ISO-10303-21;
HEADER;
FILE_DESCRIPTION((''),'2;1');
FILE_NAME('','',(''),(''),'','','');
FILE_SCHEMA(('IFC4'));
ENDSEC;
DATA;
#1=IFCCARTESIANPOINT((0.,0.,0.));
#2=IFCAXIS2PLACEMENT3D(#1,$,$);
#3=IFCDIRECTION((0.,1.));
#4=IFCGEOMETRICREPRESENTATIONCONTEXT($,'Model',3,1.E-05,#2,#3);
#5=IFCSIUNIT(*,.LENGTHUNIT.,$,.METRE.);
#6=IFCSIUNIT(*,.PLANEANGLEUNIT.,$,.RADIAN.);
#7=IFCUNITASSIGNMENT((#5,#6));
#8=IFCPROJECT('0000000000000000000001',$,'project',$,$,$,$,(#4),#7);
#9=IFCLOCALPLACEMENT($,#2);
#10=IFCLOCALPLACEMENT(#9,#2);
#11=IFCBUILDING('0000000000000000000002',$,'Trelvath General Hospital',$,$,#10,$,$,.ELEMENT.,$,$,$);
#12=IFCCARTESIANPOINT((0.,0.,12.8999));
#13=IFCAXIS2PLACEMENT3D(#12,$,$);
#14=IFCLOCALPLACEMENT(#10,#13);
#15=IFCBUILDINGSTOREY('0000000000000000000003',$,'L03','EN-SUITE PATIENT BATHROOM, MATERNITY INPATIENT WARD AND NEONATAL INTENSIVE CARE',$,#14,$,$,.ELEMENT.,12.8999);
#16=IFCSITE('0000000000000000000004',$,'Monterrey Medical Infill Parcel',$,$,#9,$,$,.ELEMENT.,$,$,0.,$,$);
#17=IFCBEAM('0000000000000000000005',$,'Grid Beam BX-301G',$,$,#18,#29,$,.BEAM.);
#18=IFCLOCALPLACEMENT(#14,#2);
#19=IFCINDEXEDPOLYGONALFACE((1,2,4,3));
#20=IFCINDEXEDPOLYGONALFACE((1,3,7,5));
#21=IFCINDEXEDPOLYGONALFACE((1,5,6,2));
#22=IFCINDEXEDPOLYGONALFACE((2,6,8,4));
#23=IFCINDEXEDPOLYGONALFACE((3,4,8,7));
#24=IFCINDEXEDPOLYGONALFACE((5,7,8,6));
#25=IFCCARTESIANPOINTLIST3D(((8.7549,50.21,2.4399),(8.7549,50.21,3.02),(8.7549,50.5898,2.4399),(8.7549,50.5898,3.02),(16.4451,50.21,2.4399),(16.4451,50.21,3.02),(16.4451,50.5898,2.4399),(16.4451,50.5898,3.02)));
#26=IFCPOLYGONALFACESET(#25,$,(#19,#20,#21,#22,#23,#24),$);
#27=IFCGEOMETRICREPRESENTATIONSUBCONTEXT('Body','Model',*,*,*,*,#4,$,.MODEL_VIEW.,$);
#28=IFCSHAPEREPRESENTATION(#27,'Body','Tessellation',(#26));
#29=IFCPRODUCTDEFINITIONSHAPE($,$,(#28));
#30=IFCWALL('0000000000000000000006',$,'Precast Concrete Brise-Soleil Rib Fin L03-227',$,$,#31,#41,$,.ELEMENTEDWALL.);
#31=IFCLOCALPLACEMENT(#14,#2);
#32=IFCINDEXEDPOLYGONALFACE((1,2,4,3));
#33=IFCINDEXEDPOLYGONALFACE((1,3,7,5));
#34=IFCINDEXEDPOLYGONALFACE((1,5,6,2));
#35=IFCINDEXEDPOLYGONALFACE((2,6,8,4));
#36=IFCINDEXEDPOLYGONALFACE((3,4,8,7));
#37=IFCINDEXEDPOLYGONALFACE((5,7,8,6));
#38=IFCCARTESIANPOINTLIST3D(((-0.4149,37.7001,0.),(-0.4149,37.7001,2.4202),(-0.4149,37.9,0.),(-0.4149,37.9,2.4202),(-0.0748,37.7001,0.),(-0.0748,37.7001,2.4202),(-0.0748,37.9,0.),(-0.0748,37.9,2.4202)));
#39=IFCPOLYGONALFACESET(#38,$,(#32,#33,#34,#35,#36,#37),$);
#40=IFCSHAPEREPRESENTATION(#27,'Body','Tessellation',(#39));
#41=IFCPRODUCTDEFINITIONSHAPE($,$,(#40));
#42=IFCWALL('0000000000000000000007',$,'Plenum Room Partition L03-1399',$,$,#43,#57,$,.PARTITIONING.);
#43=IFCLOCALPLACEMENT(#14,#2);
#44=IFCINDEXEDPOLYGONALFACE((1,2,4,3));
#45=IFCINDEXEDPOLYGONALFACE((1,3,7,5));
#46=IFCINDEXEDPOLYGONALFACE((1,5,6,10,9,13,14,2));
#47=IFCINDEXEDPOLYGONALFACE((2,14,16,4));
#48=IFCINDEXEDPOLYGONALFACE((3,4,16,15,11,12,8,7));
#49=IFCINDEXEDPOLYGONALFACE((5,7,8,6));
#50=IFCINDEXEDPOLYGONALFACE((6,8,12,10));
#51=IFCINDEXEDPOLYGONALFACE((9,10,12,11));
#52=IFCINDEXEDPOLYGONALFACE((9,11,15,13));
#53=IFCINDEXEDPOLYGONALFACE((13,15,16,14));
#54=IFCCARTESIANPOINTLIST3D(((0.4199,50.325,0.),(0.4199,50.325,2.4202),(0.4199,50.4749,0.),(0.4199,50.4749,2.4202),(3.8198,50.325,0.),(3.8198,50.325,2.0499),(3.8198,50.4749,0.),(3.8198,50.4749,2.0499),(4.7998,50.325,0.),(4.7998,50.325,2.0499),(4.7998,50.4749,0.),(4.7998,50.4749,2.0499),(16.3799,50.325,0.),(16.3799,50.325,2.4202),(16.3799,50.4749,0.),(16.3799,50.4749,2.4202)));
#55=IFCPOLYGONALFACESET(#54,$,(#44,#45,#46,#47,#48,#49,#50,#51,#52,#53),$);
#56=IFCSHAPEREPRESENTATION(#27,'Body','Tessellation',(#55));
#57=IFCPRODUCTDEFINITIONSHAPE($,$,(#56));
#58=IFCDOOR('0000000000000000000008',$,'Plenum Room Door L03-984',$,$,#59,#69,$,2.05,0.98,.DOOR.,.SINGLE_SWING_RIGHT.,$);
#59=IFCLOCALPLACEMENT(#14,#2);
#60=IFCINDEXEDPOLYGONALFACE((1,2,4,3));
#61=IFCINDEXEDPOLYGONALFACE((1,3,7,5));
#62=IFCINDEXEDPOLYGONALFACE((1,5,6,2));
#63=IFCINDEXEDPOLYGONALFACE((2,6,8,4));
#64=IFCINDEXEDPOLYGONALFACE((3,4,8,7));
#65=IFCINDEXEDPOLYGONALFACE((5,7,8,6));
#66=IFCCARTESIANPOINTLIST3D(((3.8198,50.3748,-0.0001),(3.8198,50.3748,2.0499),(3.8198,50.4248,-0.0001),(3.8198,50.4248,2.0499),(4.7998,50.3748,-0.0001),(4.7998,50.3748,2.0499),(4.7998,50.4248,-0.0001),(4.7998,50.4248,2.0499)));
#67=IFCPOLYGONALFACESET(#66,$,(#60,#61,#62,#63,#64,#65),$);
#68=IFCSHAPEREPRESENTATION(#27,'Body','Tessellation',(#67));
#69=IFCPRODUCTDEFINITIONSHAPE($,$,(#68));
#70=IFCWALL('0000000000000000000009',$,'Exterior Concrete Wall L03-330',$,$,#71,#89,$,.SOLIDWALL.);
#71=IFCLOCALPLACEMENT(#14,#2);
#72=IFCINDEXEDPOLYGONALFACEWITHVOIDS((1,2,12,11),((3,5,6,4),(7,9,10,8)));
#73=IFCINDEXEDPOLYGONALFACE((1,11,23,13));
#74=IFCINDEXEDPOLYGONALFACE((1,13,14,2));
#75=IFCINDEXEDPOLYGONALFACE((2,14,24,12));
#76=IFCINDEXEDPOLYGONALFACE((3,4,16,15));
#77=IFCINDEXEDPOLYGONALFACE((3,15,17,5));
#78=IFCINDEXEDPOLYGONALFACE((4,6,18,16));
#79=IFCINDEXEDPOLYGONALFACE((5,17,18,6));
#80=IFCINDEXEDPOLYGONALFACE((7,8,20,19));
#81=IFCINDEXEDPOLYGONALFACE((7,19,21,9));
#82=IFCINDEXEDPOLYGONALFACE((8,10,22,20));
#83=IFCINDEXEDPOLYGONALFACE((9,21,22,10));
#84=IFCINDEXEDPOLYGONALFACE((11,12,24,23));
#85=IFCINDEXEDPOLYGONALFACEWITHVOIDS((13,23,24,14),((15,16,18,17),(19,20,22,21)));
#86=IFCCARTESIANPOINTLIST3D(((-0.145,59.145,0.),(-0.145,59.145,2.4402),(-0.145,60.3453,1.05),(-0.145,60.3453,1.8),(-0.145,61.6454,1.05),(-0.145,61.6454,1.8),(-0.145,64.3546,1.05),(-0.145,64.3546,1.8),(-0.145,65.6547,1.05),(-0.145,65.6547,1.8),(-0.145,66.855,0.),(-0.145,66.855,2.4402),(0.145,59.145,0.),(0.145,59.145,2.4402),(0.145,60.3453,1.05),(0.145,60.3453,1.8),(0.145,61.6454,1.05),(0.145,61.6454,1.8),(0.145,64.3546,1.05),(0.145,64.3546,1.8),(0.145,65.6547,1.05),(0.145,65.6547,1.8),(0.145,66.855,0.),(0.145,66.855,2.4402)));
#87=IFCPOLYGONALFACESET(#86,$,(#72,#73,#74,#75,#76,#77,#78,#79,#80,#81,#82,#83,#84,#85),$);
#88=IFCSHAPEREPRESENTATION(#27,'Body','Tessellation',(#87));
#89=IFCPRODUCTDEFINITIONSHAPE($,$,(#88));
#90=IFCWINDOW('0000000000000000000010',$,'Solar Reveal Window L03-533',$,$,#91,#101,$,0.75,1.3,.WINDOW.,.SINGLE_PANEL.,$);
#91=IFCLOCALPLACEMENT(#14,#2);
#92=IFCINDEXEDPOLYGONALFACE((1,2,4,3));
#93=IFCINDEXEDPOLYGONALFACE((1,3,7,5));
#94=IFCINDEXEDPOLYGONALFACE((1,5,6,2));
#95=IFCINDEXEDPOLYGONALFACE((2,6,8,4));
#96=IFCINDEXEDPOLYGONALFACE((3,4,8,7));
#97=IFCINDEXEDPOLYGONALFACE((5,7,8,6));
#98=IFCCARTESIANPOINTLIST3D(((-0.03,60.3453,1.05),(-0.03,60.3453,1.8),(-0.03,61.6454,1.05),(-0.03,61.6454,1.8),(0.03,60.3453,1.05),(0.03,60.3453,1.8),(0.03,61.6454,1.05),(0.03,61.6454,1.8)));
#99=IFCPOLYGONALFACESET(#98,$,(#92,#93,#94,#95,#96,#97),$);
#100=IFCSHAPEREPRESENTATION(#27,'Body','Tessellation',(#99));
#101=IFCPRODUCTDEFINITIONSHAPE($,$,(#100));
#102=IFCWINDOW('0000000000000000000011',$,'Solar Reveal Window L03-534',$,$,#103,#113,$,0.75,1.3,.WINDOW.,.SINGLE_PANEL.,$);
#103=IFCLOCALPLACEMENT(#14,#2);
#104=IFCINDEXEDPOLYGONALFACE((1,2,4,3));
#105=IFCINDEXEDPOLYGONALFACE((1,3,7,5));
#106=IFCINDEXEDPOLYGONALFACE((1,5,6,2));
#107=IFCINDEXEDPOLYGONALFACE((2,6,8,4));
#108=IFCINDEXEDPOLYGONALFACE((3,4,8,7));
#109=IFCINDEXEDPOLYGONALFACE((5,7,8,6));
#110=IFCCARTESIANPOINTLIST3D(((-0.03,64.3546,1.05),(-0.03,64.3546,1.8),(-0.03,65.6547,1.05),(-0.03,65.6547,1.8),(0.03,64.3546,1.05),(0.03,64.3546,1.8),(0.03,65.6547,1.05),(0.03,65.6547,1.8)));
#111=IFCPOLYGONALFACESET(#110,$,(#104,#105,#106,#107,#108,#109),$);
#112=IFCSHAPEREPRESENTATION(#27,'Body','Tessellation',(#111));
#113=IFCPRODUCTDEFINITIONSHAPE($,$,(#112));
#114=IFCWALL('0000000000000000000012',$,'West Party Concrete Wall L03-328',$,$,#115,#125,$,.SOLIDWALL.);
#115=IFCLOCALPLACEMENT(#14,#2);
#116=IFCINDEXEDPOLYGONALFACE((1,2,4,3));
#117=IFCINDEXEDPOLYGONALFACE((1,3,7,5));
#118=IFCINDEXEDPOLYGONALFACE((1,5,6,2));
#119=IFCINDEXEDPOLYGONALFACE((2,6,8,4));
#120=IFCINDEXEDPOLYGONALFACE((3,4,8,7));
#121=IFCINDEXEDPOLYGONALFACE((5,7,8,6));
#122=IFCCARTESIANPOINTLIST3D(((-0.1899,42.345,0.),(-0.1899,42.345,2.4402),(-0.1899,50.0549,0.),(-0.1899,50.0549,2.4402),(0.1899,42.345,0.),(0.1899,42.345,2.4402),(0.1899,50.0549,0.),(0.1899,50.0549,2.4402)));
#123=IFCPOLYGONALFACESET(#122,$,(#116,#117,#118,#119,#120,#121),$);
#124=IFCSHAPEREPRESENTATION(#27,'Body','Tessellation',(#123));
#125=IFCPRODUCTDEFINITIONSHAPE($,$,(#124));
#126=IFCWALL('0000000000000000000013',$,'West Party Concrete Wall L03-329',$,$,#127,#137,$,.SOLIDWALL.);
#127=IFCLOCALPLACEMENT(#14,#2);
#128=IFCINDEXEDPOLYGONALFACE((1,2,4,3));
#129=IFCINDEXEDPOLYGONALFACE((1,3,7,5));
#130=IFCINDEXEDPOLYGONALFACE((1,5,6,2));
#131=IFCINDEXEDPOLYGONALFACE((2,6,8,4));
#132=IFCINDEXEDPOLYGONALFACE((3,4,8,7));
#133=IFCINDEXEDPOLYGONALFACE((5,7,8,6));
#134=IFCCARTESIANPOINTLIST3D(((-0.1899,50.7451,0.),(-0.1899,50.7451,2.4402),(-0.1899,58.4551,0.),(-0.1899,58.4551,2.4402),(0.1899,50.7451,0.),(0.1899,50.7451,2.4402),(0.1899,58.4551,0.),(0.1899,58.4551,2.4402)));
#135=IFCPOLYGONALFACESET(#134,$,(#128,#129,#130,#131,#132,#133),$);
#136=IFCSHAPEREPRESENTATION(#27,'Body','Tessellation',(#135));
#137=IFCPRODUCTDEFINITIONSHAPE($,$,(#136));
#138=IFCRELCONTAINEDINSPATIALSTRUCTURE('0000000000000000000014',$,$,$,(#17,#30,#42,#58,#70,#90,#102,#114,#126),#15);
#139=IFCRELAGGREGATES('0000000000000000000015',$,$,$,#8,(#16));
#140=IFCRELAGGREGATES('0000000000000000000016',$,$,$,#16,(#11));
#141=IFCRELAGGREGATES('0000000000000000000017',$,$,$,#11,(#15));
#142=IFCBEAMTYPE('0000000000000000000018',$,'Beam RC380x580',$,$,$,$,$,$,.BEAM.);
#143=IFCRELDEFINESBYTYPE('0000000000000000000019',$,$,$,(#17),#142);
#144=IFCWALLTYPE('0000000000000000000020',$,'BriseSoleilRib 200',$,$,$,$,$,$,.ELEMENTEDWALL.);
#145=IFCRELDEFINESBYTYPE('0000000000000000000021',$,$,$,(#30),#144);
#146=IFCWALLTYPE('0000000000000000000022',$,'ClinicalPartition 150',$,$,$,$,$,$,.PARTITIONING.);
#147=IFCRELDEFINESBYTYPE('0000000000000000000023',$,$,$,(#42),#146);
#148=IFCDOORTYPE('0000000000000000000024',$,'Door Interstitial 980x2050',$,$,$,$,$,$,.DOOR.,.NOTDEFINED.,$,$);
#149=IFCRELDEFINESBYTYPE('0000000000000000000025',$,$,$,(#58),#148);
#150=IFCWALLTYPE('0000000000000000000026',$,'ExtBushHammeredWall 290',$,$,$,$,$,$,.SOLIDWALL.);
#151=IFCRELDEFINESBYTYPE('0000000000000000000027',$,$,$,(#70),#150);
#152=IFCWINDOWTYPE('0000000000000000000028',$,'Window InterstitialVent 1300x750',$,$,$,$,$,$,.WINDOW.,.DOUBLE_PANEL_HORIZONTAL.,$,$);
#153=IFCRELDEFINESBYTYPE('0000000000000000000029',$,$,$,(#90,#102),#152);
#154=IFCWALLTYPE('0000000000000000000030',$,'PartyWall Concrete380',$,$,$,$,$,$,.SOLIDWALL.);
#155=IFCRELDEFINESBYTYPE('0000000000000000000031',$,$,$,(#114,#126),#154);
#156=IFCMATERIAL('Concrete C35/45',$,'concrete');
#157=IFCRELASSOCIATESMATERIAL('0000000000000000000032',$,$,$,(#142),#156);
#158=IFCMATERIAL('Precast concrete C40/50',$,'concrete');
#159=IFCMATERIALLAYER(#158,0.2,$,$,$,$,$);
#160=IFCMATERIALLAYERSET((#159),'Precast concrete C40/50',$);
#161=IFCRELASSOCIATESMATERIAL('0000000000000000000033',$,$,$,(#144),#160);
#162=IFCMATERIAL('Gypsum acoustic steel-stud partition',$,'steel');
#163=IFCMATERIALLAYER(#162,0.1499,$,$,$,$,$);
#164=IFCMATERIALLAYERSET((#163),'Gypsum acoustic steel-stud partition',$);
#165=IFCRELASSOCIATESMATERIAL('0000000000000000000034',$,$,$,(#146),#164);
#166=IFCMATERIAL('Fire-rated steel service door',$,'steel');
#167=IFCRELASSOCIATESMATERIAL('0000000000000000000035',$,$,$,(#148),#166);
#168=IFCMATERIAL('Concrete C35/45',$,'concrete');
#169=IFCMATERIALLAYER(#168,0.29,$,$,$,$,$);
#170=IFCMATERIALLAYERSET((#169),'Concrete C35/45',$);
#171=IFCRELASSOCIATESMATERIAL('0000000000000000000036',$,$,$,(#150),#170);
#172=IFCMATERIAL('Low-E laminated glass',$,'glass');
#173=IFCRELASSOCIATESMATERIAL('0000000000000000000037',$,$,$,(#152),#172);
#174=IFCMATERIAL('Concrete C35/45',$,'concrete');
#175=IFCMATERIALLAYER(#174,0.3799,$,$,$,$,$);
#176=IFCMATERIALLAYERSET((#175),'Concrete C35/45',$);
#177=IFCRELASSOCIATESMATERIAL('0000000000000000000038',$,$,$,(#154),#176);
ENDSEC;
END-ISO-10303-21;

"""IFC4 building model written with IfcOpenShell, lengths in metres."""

from ifc_helpers import new_model, si_unit, direction, frame, frame_2d, origin, origin_2d, place, context, subcontext, project, spatial, rectangle, extrude, material, layer, layer_set, material_profile, profile_set, type_object, element, fill, save


model = new_model("IFC4")

# Units and contexts
model_context = context("Model", 3, precision=1e-05, world=origin(), true_north=direction((0.0, 1.0)))
body_context = subcontext(model_context, "Body", "Model", "MODEL_VIEW")
ifc_project = project(units=[si_unit("LENGTHUNIT", "METRE"), si_unit("PLANEANGLEUNIT", "RADIAN")], contexts=[model_context])

# Site, building, storey
site_placement = place(None, origin())
site = spatial("IfcSite", under=ifc_project, at=site_placement, Name="Monterrey Medical Infill Parcel", CompositionType="ELEMENT", RefElevation=0.0)
building_placement = place(site_placement, origin())
building = spatial("IfcBuilding", under=site, at=building_placement, Name="Trelvath General Hospital", CompositionType="ELEMENT")
storey_placement = place(building_placement, frame((0.0, 0.0, 12.8999)))
storey = spatial("IfcBuildingStorey", under=building, at=storey_placement, Name="L03", Description="EN-SUITE PATIENT BATHROOM, MATERNITY INPATIENT WARD AND NEONATAL INTENSIVE CARE", CompositionType="ELEMENT", Elevation=12.8999)

# Beam
ifc_material_1 = material(Name="Concrete C35/45", Category="concrete")
ifc_material_profile_1 = material_profile(ifc_material_1, rectangle(XDim=0.3799, YDim=0.5801, at=origin_2d()), Name="RCB380x580")
ifc_profile_set_1 = profile_set([ifc_material_profile_1], Name="Concrete C35/45")
beam_type_1 = type_object("IfcBeamType", Name="Beam RC380x580", PredefinedType="BEAM", material=ifc_profile_set_1)
for number, where, z_axis, x_axis, name in (
    (1, (8.7549, 50.3999, 2.73), (1.0, 0.0, 0.0), (0.0, 1.0, 0.0), "Grid Beam BX-301G"),
):
    element("IfcBeam", number, at=place(storey_placement, frame(where, z_axis=z_axis, x_axis=x_axis)), inside=storey, type_object=beam_type_1, Name=name, PredefinedType="BEAM", context=body_context, shape_type="SweptSolid", body=[
        extrude(rectangle(XDim=0.3799, YDim=0.5801, at=origin_2d()), origin(), (0.0, 0.0, 1.0), 7.6902),
    ])

# Wall
ifc_material_2 = material(Name="Precast concrete C40/50", Category="concrete")
ifc_layer_1 = layer(ifc_material_2, 0.2)
ifc_layer_set_1 = layer_set([ifc_layer_1], Name="Precast concrete C40/50")
wall_type_1 = type_object("IfcWallType", Name="BriseSoleilRib 200", PredefinedType="ELEMENTEDWALL", material=ifc_layer_set_1)
wall_1_placement = place(storey_placement, frame((-0.075, 37.8, 0.0), z_axis=(0.0, 0.0, 1.0), x_axis=(-1.0, 0.0, 0.0)))
element("IfcWall", 2, at=wall_1_placement, inside=storey, type_object=wall_type_1, Name="Precast Concrete Brise-Soleil Rib Fin L03-227", PredefinedType="ELEMENTEDWALL", context=body_context, shape_type="SweptSolid", body=[
    extrude(rectangle(XDim=0.3401, YDim=0.2, at=frame_2d((0.1699, 0.0))), origin(), (0.0, 0.0, 1.0), 2.4202),
])

# Wall, opening, door
ifc_material_3 = material(Name="Gypsum acoustic steel-stud partition", Category="steel")
ifc_layer_2 = layer(ifc_material_3, 0.1499)
ifc_layer_set_2 = layer_set([ifc_layer_2], Name="Gypsum acoustic steel-stud partition")
wall_type_2 = type_object("IfcWallType", Name="ClinicalPartition 150", PredefinedType="PARTITIONING", material=ifc_layer_set_2)
wall_2_placement = place(storey_placement, frame((0.4199, 50.3999, 0.0), z_axis=(0.0, 0.0, 1.0), x_axis=(1.0, 0.0, 0.0)))
wall_2 = element("IfcWall", 3, at=wall_2_placement, inside=storey, type_object=wall_type_2, Name="Plenum Room Partition L03-1399", PredefinedType="PARTITIONING", context=body_context, shape_type="SweptSolid", body=[
    extrude(rectangle(XDim=15.96, YDim=0.1499, at=frame_2d((7.98, 0.0))), origin(), (0.0, 0.0, 1.0), 2.4202),
])
opening_1_placement = place(wall_2_placement, frame((3.3999, 0.0, 0.0)))
opening_1 = element("IfcOpeningElement", 4, at=opening_1_placement, cuts=wall_2, PredefinedType="OPENING", context=body_context, shape_type="SweptSolid", body=[
    extrude(rectangle(XDim=0.98, YDim=2.05, at=frame_2d((0.49, 1.0249))), frame((0.0, 0.085, 0.0), z_axis=(0.0, -1.0, 0.0), x_axis=(1.0, 0.0, 0.0)), (0.0, 0.0, 1.0), 0.1699),
])
ifc_material_4 = material(Name="Fire-rated steel service door", Category="steel")
door_type = type_object("IfcDoorType", Name="Door Interstitial 980x2050", OperationType="NOTDEFINED", PredefinedType="DOOR", material=ifc_material_4)
door_placement = place(opening_1_placement, origin())
door = element("IfcDoor", 5, at=door_placement, inside=storey, type_object=door_type, Name="Plenum Room Door L03-984", OperationType="SINGLE_SWING_RIGHT", OverallHeight=2.05, OverallWidth=0.98, PredefinedType="DOOR", context=body_context, shape_type="SweptSolid", body=[
    extrude(rectangle(XDim=0.98, YDim=2.05, at=frame_2d((0.49, 1.0249))), frame((0.0, 0.0249, 0.0), z_axis=(0.0, -1.0, 0.0), x_axis=(1.0, 0.0, 0.0)), (0.0, 0.0, 1.0), 0.05),
])
fill(opening_1, door)

# Wall, openings, windows
ifc_material_5 = material(Name="Concrete C35/45", Category="concrete")
ifc_layer_3 = layer(ifc_material_5, 0.29)
ifc_layer_set_3 = layer_set([ifc_layer_3], Name="Concrete C35/45")
wall_type_3 = type_object("IfcWallType", Name="ExtBushHammeredWall 290", PredefinedType="SOLIDWALL", material=ifc_layer_set_3)
wall_3_placement = place(storey_placement, frame((0.0, 59.145, 0.0), z_axis=(0.0, 0.0, 1.0), x_axis=(0.0, 1.0, 0.0)))
wall_3 = element("IfcWall", 6, at=wall_3_placement, inside=storey, type_object=wall_type_3, Name="Exterior Concrete Wall L03-330", PredefinedType="SOLIDWALL", context=body_context, shape_type="SweptSolid", body=[
    extrude(rectangle(XDim=7.71, YDim=0.29, at=frame_2d((3.855, 0.0))), origin(), (0.0, 0.0, 1.0), 2.4402),
])
opening_2_placement = place(wall_3_placement, frame((1.2004, 0.0, 1.05)))
opening_2 = element("IfcOpeningElement", 7, at=opening_2_placement, cuts=wall_3, PredefinedType="OPENING", context=body_context, shape_type="SweptSolid", body=[
    extrude(rectangle(XDim=1.3, YDim=0.75, at=frame_2d((0.6499, 0.375))), frame((0.0, 0.155, 0.0), z_axis=(0.0, -1.0, 0.0), x_axis=(1.0, 0.0, 0.0)), (0.0, 0.0, 1.0), 0.3101),
])
opening_3_placement = place(wall_3_placement, frame((5.2097, 0.0, 1.05)))
opening_3 = element("IfcOpeningElement", 8, at=opening_3_placement, cuts=wall_3, PredefinedType="OPENING", context=body_context, shape_type="SweptSolid", body=[
    extrude(rectangle(XDim=1.3, YDim=0.75, at=frame_2d((0.6499, 0.375))), frame((0.0, 0.155, 0.0), z_axis=(0.0, -1.0, 0.0), x_axis=(1.0, 0.0, 0.0)), (0.0, 0.0, 1.0), 0.3101),
])
ifc_material_6 = material(Name="Low-E laminated glass", Category="glass")
window_type = type_object("IfcWindowType", Name="Window InterstitialVent 1300x750", PartitioningType="DOUBLE_PANEL_HORIZONTAL", PredefinedType="WINDOW", material=ifc_material_6)
window_1_placement = place(opening_2_placement, origin())
window_1 = element("IfcWindow", 9, at=window_1_placement, inside=storey, type_object=window_type, Name="Solar Reveal Window L03-533", OverallHeight=0.75, OverallWidth=1.3, PartitioningType="SINGLE_PANEL", PredefinedType="WINDOW", context=body_context, shape_type="SweptSolid", body=[
    extrude(rectangle(XDim=1.3, YDim=0.75, at=frame_2d((0.6499, 0.375))), frame((0.0, 0.03, 0.0), z_axis=(0.0, -1.0, 0.0), x_axis=(1.0, 0.0, 0.0)), (0.0, 0.0, 1.0), 0.0601),
])
fill(opening_2, window_1)
window_2_placement = place(opening_3_placement, origin())
window_2 = element("IfcWindow", 10, at=window_2_placement, inside=storey, type_object=window_type, Name="Solar Reveal Window L03-534", OverallHeight=0.75, OverallWidth=1.3, PartitioningType="SINGLE_PANEL", PredefinedType="WINDOW", context=body_context, shape_type="SweptSolid", body=[
    extrude(rectangle(XDim=1.3, YDim=0.75, at=frame_2d((0.6499, 0.375))), frame((0.0, 0.03, 0.0), z_axis=(0.0, -1.0, 0.0), x_axis=(1.0, 0.0, 0.0)), (0.0, 0.0, 1.0), 0.0601),
])
fill(opening_3, window_2)

# Walls
ifc_material_7 = material(Name="Concrete C35/45", Category="concrete")
ifc_layer_4 = layer(ifc_material_7, 0.3799)
ifc_layer_set_4 = layer_set([ifc_layer_4], Name="Concrete C35/45")
wall_type_4 = type_object("IfcWallType", Name="PartyWall Concrete380", PredefinedType="SOLIDWALL", material=ifc_layer_set_4)
for number, where, z_axis, x_axis, name in (
    (11, (0.0, 42.345, 0.0), (0.0, 0.0, 1.0), (0.0, 1.0, 0.0), "West Party Concrete Wall L03-328"),
    (12, (0.0, 50.7451, 0.0), (0.0, 0.0, 1.0), (0.0, 1.0, 0.0), "West Party Concrete Wall L03-329"),
):
    element("IfcWall", number, at=place(storey_placement, frame(where, z_axis=z_axis, x_axis=x_axis)), inside=storey, type_object=wall_type_4, Name=name, PredefinedType="SOLIDWALL", context=body_context, shape_type="SweptSolid", body=[
        extrude(rectangle(XDim=7.71, YDim=0.3799, at=frame_2d((3.855, 0.0))), origin(), (0.0, 0.0, 1.0), 2.4402),
    ])

save(model, "model.ifc")
